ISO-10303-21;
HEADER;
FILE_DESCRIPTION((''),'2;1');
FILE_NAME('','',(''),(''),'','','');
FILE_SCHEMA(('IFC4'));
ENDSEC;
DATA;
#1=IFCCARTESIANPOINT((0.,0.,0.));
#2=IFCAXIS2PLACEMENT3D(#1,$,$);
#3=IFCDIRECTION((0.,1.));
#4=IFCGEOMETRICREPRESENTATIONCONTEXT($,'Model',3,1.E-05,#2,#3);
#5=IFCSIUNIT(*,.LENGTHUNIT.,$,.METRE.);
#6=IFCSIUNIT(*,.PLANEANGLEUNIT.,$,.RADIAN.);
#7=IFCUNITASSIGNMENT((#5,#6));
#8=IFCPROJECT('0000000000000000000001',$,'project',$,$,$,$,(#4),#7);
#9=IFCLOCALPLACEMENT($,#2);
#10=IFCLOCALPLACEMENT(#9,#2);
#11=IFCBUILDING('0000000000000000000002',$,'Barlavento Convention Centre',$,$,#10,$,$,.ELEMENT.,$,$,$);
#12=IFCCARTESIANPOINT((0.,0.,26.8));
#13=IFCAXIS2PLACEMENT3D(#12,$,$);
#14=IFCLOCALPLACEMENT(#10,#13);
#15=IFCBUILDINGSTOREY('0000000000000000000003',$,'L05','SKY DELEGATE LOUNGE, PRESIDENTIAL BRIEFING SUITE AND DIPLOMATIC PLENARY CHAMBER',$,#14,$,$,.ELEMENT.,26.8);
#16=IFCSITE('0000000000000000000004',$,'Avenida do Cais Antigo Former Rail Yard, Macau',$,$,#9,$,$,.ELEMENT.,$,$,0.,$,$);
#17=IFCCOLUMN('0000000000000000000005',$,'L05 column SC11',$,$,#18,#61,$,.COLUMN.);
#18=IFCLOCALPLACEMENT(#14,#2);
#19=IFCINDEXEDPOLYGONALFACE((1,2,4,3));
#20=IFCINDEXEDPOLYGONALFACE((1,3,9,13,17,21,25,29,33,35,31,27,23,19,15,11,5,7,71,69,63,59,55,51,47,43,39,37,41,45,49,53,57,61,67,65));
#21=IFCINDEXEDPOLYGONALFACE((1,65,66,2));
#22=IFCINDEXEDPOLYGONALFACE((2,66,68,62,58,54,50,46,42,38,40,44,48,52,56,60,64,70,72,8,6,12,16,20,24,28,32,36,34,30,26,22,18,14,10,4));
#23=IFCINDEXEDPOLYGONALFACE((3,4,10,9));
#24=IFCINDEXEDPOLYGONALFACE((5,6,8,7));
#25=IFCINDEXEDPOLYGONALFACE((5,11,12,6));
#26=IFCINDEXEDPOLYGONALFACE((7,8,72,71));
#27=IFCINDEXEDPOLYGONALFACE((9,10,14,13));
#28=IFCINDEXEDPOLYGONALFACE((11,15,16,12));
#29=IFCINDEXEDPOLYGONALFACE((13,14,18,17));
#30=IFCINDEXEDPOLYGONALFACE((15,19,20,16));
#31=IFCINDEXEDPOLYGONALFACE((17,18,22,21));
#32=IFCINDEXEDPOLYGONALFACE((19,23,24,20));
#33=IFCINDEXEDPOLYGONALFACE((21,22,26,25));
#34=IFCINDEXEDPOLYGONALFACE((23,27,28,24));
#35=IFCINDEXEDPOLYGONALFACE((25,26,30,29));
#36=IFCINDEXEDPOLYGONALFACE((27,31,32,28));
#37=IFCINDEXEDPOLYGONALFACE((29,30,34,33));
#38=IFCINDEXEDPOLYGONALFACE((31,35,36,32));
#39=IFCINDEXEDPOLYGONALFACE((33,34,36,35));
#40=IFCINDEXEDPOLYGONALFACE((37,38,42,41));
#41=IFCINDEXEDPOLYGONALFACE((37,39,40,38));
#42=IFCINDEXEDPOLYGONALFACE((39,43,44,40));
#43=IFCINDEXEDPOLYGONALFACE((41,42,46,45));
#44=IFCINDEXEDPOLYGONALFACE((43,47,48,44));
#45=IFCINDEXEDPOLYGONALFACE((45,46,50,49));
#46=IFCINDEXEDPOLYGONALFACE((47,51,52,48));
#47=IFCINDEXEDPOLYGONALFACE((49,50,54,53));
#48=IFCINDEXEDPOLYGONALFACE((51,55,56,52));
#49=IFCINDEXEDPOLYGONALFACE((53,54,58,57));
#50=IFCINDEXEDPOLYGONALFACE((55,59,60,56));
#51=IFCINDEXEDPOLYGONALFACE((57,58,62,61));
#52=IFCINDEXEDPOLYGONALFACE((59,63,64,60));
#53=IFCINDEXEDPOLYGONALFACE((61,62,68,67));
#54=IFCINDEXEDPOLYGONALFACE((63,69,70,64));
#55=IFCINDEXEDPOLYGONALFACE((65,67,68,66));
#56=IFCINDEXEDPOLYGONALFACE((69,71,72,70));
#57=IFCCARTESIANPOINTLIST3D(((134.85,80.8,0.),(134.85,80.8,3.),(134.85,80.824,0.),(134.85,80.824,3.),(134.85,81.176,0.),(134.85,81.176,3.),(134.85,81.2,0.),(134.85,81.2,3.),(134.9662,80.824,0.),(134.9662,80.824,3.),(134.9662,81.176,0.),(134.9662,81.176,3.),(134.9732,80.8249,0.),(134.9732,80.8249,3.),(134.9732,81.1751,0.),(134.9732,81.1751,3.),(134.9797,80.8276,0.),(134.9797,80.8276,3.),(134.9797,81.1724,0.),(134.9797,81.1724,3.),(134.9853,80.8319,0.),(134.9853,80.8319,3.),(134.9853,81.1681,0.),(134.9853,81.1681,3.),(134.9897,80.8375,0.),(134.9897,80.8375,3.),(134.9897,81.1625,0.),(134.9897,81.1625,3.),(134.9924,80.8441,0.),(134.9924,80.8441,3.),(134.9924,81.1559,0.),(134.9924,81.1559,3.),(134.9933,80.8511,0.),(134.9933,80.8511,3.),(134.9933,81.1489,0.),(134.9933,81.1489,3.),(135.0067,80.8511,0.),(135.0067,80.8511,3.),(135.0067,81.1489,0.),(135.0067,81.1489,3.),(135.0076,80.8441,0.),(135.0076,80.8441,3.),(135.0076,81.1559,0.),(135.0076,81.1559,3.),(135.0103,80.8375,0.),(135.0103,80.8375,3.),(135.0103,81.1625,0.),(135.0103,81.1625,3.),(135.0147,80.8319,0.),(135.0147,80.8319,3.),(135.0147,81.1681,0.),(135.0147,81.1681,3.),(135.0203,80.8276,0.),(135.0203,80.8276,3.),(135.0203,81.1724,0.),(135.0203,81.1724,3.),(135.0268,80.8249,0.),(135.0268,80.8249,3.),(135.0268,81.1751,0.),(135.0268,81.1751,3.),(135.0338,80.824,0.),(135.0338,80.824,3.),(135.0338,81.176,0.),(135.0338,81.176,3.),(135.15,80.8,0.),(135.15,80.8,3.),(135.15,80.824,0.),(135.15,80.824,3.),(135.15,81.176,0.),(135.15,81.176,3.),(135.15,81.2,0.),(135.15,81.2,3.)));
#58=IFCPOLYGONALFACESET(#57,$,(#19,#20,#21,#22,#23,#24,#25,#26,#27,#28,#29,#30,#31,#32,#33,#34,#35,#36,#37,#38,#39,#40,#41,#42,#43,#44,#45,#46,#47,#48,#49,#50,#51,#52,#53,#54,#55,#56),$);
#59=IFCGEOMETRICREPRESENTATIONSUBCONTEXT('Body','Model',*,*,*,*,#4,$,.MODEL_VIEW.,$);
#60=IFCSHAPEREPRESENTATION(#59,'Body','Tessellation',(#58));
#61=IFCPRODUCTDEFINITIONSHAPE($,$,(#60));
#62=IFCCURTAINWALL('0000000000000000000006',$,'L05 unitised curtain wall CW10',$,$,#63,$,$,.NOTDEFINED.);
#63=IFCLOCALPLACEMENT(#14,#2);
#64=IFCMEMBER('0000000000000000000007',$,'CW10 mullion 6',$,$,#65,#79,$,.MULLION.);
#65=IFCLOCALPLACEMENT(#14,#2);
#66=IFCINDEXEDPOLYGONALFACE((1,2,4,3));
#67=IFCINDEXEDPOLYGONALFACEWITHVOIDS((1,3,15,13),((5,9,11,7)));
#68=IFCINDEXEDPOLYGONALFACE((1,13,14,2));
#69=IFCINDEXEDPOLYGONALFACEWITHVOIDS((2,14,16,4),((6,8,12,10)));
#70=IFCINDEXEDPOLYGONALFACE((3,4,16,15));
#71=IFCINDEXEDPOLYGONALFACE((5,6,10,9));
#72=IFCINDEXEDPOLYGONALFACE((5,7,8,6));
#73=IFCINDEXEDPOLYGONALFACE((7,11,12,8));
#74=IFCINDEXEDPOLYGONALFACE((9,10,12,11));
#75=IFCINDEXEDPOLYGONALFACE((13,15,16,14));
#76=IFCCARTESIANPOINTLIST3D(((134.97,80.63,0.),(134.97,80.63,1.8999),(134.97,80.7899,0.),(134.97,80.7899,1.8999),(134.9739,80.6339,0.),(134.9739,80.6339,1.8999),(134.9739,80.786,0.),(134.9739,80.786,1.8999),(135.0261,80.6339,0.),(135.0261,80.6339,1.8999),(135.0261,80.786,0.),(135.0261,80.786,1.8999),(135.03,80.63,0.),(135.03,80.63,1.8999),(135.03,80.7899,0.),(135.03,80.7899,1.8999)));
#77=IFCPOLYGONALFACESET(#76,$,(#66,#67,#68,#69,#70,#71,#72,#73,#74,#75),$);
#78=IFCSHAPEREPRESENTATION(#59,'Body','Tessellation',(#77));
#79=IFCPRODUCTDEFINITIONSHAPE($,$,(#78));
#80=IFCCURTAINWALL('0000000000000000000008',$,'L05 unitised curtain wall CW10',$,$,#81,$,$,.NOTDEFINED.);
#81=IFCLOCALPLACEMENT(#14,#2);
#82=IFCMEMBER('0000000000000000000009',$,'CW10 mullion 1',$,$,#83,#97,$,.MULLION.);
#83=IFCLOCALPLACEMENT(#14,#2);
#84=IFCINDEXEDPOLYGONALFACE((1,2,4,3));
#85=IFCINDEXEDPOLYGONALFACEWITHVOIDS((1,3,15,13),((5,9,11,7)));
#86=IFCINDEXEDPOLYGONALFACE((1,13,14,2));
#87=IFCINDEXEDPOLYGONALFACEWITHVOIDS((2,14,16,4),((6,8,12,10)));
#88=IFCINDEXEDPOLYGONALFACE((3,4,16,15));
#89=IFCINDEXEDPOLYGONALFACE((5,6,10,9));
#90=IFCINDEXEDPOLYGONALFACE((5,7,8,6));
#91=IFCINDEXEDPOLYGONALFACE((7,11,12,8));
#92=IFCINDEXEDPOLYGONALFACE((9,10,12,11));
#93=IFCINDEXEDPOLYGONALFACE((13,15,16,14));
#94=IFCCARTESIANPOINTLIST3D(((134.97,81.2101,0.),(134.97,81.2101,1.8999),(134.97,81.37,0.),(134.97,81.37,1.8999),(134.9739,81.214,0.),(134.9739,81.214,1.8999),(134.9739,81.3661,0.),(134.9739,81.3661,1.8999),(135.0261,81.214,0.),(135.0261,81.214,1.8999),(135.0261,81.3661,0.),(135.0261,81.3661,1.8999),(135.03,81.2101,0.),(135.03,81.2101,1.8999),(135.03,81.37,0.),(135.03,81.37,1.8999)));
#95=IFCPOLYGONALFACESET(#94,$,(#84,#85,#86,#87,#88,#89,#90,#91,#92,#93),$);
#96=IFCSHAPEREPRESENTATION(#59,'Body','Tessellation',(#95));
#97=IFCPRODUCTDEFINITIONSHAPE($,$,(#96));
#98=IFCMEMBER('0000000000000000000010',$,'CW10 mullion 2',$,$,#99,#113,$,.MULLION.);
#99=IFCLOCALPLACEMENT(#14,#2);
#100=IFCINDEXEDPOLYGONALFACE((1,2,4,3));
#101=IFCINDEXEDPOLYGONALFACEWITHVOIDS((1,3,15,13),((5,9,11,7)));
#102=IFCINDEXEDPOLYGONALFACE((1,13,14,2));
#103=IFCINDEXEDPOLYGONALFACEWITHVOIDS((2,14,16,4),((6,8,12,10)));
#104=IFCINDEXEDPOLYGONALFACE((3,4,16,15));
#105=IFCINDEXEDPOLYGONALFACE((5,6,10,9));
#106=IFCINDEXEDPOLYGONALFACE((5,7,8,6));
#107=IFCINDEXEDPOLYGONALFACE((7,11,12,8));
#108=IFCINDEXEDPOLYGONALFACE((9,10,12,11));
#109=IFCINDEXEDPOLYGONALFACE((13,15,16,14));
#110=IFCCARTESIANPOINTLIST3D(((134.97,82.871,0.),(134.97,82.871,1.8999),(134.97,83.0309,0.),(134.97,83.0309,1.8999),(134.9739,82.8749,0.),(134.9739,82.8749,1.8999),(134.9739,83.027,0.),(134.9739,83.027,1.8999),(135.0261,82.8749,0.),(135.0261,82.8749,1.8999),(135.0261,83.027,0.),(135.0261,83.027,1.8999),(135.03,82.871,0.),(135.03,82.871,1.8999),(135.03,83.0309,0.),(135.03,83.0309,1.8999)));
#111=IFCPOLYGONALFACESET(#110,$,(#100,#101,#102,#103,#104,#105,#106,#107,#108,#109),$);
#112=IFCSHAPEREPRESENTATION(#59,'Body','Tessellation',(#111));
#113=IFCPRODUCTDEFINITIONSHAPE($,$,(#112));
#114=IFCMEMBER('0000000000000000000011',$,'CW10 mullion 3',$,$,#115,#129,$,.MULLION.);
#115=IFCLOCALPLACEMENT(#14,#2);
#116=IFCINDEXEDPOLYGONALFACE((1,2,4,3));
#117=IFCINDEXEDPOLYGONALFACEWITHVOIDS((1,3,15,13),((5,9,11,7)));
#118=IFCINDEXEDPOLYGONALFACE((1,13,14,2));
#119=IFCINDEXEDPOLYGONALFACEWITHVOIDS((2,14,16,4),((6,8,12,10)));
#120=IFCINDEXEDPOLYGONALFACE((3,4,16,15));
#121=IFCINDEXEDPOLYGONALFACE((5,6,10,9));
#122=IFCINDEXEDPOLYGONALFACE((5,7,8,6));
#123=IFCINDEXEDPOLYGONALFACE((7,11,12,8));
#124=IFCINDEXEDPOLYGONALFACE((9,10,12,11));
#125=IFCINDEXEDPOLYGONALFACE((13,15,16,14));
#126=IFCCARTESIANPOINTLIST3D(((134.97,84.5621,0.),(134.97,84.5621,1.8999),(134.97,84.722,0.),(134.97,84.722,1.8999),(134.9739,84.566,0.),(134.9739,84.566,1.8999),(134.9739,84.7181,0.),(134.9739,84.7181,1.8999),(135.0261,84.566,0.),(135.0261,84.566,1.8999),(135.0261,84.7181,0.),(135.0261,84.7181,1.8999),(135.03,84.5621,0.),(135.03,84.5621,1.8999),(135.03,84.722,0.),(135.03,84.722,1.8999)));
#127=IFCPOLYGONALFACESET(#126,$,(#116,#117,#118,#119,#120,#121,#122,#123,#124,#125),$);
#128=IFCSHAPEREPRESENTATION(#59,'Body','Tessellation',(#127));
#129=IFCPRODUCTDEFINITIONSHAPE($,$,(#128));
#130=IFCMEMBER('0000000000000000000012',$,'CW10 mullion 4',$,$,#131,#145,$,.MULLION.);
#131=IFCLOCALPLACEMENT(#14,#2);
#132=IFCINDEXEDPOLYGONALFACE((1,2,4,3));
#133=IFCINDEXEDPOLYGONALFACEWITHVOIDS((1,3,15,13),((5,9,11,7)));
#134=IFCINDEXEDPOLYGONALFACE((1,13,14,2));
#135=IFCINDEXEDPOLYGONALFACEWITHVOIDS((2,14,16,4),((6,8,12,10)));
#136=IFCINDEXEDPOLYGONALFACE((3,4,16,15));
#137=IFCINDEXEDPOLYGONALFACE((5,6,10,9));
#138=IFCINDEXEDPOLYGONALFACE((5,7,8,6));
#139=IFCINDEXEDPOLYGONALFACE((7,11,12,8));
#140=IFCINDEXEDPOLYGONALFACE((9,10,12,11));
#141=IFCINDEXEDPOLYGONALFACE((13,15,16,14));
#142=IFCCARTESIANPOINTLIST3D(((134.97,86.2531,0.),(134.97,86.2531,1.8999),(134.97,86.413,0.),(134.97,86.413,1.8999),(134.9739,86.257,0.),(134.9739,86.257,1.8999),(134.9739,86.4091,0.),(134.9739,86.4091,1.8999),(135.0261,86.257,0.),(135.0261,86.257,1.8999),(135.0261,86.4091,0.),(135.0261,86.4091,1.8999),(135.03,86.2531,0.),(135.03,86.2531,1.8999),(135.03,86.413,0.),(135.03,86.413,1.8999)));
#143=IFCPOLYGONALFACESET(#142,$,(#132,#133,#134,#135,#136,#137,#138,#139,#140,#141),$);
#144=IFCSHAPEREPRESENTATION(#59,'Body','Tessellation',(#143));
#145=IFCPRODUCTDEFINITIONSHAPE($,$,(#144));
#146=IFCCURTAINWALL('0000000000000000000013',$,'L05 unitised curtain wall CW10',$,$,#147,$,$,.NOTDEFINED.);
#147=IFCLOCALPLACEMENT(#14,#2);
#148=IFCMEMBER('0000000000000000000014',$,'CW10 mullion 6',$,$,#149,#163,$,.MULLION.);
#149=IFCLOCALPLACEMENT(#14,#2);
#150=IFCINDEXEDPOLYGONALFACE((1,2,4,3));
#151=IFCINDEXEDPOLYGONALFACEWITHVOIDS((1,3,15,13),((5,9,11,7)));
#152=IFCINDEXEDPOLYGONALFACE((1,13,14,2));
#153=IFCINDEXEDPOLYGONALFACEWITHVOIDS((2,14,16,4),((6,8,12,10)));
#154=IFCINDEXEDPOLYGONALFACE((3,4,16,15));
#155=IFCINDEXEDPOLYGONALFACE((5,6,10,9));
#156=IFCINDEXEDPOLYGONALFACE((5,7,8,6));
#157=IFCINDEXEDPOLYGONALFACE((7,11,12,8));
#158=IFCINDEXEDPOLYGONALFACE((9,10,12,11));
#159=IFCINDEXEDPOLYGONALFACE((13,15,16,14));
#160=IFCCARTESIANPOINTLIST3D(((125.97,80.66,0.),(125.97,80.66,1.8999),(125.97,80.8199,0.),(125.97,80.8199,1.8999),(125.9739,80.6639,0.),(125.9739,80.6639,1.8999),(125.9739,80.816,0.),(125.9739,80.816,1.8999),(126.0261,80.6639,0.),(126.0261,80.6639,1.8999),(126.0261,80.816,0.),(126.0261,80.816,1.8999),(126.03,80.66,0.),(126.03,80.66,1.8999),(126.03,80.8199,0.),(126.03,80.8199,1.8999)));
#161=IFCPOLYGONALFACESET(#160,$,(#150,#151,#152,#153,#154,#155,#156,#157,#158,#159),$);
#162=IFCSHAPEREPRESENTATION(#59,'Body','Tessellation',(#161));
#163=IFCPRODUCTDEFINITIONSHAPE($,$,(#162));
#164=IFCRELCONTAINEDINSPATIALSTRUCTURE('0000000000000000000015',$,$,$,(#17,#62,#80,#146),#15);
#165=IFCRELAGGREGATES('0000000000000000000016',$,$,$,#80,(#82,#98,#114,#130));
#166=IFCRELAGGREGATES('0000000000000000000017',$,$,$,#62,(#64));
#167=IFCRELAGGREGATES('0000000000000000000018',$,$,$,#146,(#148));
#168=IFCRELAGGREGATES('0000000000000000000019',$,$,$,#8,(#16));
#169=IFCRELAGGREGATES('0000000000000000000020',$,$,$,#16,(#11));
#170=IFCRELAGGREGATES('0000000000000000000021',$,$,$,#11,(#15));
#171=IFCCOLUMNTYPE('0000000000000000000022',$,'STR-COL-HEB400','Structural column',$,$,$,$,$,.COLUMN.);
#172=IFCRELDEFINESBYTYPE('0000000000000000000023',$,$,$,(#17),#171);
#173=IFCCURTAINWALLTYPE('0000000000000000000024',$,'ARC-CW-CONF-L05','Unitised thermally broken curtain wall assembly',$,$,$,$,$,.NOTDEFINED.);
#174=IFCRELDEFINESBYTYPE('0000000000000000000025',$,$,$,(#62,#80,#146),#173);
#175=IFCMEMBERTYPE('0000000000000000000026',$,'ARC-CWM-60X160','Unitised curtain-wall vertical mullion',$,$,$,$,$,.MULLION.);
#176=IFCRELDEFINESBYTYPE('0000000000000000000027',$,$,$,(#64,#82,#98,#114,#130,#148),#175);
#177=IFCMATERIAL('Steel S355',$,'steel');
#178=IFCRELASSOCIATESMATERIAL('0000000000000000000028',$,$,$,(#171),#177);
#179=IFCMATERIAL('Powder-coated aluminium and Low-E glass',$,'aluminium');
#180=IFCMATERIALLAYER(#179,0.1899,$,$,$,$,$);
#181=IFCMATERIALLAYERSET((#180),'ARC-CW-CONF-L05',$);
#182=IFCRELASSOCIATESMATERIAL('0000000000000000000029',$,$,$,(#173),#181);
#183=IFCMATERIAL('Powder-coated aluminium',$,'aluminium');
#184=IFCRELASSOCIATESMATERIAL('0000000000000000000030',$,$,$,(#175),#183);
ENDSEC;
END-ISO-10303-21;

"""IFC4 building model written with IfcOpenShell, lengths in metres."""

from ifc_helpers import new_model, si_unit, direction, frame, origin, origin_2d, place, context, subcontext, project, spatial, hollow_rectangle, i_section, extrude, material, layer, layer_set, material_profile, profile_set, type_object, element, aggregate, save


model = new_model("IFC4")

# Units and contexts
model_context = context("Model", 3, precision=1e-05, world=origin(), true_north=direction((0.0, 1.0)))
body_context = subcontext(model_context, "Body", "Model", "MODEL_VIEW")
ifc_project = project(units=[si_unit("LENGTHUNIT", "METRE"), si_unit("PLANEANGLEUNIT", "RADIAN")], contexts=[model_context])

# Site, building, storey
site_placement = place(None, origin())
site = spatial("IfcSite", under=ifc_project, at=site_placement, Name="Avenida do Cais Antigo Former Rail Yard, Macau", CompositionType="ELEMENT", RefElevation=0.0)
building_placement = place(site_placement, origin())
building = spatial("IfcBuilding", under=site, at=building_placement, Name="Barlavento Convention Centre", CompositionType="ELEMENT")
storey_placement = place(building_placement, frame((0.0, 0.0, 26.8)))
storey = spatial("IfcBuildingStorey", under=building, at=storey_placement, Name="L05", Description="SKY DELEGATE LOUNGE, PRESIDENTIAL BRIEFING SUITE AND DIPLOMATIC PLENARY CHAMBER", CompositionType="ELEMENT", Elevation=26.8)

# Column
ifc_material_1 = material(Name="Steel S355", Category="steel")
ifc_material_profile_1 = material_profile(ifc_material_1, i_section(OverallWidth=0.3, OverallDepth=0.3999, WebThickness=0.0134, FlangeThickness=0.0239, FilletRadius=0.0271, at=origin_2d()), Name="HEB 400")
ifc_profile_set_1 = profile_set([ifc_material_profile_1], Name="Steel S355")
column_type = type_object("IfcColumnType", Name="STR-COL-HEB400", Description="Structural column", PredefinedType="COLUMN", material=ifc_profile_set_1)
column_placement = place(storey_placement, frame((135.0, 81.0, 0.0), z_axis=(0.0, 0.0, 1.0), x_axis=(1.0, 0.0, 0.0)))
element("IfcColumn", 1, at=column_placement, inside=storey, type_object=column_type, Name="L05 column SC11", PredefinedType="COLUMN", context=body_context, shape_type="SweptSolid", body=[
    extrude(i_section(OverallWidth=0.3, OverallDepth=0.3999, WebThickness=0.0134, FlangeThickness=0.0239, FilletRadius=0.0271, at=origin_2d()), origin(), (0.0, 0.0, 1.0), 3.0),
])

# Curtain wall, member
ifc_material_2 = material(Name="Powder-coated aluminium and Low-E glass", Category="aluminium")
ifc_layer_1 = layer(ifc_material_2, 0.1899)
ifc_layer_set_1 = layer_set([ifc_layer_1], Name="ARC-CW-CONF-L05")
curtain_wall_type = type_object("IfcCurtainWallType", Name="ARC-CW-CONF-L05", Description="Unitised thermally broken curtain wall assembly", PredefinedType="NOTDEFINED", material=ifc_layer_set_1)
curtain_wall_1_placement = place(storey_placement, origin())
curtain_wall_1 = element("IfcCurtainWall", 2, at=curtain_wall_1_placement, inside=storey, type_object=curtain_wall_type, Name="L05 unitised curtain wall CW10", PredefinedType="NOTDEFINED")
ifc_material_3 = material(Name="Powder-coated aluminium", Category="aluminium")
ifc_material_profile_2 = material_profile(ifc_material_3, hollow_rectangle(XDim=0.0601, YDim=0.1599, WallThickness=0.0039, at=origin_2d()), Name="AL-MULL 60x160x4")
ifc_profile_set_2 = profile_set([ifc_material_profile_2], Name="Powder-coated aluminium")
member_type = type_object("IfcMemberType", Name="ARC-CWM-60X160", Description="Unitised curtain-wall vertical mullion", PredefinedType="MULLION", material=ifc_profile_set_2)
member_1_placement = place(storey_placement, frame((135.0, 80.71, 0.0), z_axis=(0.0, 0.0, 1.0), x_axis=(-1.0, 0.0, 0.0)))
member_1 = element("IfcMember", 3, at=member_1_placement, type_object=member_type, Name="CW10 mullion 6", PredefinedType="MULLION", context=body_context, shape_type="SweptSolid", body=[
    extrude(hollow_rectangle(XDim=0.0601, YDim=0.1599, WallThickness=0.0039, at=origin_2d()), origin(), (0.0, 0.0, 1.0), 1.8999),
])

# Curtain wall, members
curtain_wall_2_placement = place(storey_placement, origin())
curtain_wall_2 = element("IfcCurtainWall", 4, at=curtain_wall_2_placement, inside=storey, type_object=curtain_wall_type, Name="L05 unitised curtain wall CW10", PredefinedType="NOTDEFINED")
member_2_placement = place(storey_placement, frame((135.0, 81.29, 0.0), z_axis=(0.0, 0.0, 1.0), x_axis=(-1.0, 0.0, 0.0)))
member_2 = element("IfcMember", 5, at=member_2_placement, type_object=member_type, Name="CW10 mullion 1", PredefinedType="MULLION", context=body_context, shape_type="SweptSolid", body=[
    extrude(hollow_rectangle(XDim=0.0601, YDim=0.1599, WallThickness=0.0039, at=origin_2d()), origin(), (0.0, 0.0, 1.0), 1.8999),
])
member_3_placement = place(storey_placement, frame((135.0, 82.9509, 0.0), z_axis=(0.0, 0.0, 1.0), x_axis=(-1.0, 0.0, 0.0)))
member_3 = element("IfcMember", 6, at=member_3_placement, type_object=member_type, Name="CW10 mullion 2", PredefinedType="MULLION", context=body_context, shape_type="SweptSolid", body=[
    extrude(hollow_rectangle(XDim=0.0601, YDim=0.1599, WallThickness=0.0039, at=origin_2d()), origin(), (0.0, 0.0, 1.0), 1.8999),
])
member_4_placement = place(storey_placement, frame((135.0, 84.6421, 0.0), z_axis=(0.0, 0.0, 1.0), x_axis=(-1.0, 0.0, 0.0)))
member_4 = element("IfcMember", 7, at=member_4_placement, type_object=member_type, Name="CW10 mullion 3", PredefinedType="MULLION", context=body_context, shape_type="SweptSolid", body=[
    extrude(hollow_rectangle(XDim=0.0601, YDim=0.1599, WallThickness=0.0039, at=origin_2d()), origin(), (0.0, 0.0, 1.0), 1.8999),
])
member_5_placement = place(storey_placement, frame((135.0, 86.333, 0.0), z_axis=(0.0, 0.0, 1.0), x_axis=(-1.0, 0.0, 0.0)))
member_5 = element("IfcMember", 8, at=member_5_placement, type_object=member_type, Name="CW10 mullion 4", PredefinedType="MULLION", context=body_context, shape_type="SweptSolid", body=[
    extrude(hollow_rectangle(XDim=0.0601, YDim=0.1599, WallThickness=0.0039, at=origin_2d()), origin(), (0.0, 0.0, 1.0), 1.8999),
])
aggregate(curtain_wall_2, [member_2, member_3, member_4, member_5])

# Curtain wall, member
curtain_wall_3_placement = place(storey_placement, origin())
curtain_wall_3 = element("IfcCurtainWall", 9, at=curtain_wall_3_placement, inside=storey, type_object=curtain_wall_type, Name="L05 unitised curtain wall CW10", PredefinedType="NOTDEFINED")
member_6_placement = place(storey_placement, frame((126.0, 80.74, 0.0), z_axis=(0.0, 0.0, 1.0), x_axis=(-1.0, 0.0, 0.0)))
member_6 = element("IfcMember", 10, at=member_6_placement, type_object=member_type, Name="CW10 mullion 6", PredefinedType="MULLION", context=body_context, shape_type="SweptSolid", body=[
    extrude(hollow_rectangle(XDim=0.0601, YDim=0.1599, WallThickness=0.0039, at=origin_2d()), origin(), (0.0, 0.0, 1.0), 1.8999),
])

aggregate(curtain_wall_1, [member_1])
aggregate(curtain_wall_3, [member_6])

save(model, "model.ifc")
